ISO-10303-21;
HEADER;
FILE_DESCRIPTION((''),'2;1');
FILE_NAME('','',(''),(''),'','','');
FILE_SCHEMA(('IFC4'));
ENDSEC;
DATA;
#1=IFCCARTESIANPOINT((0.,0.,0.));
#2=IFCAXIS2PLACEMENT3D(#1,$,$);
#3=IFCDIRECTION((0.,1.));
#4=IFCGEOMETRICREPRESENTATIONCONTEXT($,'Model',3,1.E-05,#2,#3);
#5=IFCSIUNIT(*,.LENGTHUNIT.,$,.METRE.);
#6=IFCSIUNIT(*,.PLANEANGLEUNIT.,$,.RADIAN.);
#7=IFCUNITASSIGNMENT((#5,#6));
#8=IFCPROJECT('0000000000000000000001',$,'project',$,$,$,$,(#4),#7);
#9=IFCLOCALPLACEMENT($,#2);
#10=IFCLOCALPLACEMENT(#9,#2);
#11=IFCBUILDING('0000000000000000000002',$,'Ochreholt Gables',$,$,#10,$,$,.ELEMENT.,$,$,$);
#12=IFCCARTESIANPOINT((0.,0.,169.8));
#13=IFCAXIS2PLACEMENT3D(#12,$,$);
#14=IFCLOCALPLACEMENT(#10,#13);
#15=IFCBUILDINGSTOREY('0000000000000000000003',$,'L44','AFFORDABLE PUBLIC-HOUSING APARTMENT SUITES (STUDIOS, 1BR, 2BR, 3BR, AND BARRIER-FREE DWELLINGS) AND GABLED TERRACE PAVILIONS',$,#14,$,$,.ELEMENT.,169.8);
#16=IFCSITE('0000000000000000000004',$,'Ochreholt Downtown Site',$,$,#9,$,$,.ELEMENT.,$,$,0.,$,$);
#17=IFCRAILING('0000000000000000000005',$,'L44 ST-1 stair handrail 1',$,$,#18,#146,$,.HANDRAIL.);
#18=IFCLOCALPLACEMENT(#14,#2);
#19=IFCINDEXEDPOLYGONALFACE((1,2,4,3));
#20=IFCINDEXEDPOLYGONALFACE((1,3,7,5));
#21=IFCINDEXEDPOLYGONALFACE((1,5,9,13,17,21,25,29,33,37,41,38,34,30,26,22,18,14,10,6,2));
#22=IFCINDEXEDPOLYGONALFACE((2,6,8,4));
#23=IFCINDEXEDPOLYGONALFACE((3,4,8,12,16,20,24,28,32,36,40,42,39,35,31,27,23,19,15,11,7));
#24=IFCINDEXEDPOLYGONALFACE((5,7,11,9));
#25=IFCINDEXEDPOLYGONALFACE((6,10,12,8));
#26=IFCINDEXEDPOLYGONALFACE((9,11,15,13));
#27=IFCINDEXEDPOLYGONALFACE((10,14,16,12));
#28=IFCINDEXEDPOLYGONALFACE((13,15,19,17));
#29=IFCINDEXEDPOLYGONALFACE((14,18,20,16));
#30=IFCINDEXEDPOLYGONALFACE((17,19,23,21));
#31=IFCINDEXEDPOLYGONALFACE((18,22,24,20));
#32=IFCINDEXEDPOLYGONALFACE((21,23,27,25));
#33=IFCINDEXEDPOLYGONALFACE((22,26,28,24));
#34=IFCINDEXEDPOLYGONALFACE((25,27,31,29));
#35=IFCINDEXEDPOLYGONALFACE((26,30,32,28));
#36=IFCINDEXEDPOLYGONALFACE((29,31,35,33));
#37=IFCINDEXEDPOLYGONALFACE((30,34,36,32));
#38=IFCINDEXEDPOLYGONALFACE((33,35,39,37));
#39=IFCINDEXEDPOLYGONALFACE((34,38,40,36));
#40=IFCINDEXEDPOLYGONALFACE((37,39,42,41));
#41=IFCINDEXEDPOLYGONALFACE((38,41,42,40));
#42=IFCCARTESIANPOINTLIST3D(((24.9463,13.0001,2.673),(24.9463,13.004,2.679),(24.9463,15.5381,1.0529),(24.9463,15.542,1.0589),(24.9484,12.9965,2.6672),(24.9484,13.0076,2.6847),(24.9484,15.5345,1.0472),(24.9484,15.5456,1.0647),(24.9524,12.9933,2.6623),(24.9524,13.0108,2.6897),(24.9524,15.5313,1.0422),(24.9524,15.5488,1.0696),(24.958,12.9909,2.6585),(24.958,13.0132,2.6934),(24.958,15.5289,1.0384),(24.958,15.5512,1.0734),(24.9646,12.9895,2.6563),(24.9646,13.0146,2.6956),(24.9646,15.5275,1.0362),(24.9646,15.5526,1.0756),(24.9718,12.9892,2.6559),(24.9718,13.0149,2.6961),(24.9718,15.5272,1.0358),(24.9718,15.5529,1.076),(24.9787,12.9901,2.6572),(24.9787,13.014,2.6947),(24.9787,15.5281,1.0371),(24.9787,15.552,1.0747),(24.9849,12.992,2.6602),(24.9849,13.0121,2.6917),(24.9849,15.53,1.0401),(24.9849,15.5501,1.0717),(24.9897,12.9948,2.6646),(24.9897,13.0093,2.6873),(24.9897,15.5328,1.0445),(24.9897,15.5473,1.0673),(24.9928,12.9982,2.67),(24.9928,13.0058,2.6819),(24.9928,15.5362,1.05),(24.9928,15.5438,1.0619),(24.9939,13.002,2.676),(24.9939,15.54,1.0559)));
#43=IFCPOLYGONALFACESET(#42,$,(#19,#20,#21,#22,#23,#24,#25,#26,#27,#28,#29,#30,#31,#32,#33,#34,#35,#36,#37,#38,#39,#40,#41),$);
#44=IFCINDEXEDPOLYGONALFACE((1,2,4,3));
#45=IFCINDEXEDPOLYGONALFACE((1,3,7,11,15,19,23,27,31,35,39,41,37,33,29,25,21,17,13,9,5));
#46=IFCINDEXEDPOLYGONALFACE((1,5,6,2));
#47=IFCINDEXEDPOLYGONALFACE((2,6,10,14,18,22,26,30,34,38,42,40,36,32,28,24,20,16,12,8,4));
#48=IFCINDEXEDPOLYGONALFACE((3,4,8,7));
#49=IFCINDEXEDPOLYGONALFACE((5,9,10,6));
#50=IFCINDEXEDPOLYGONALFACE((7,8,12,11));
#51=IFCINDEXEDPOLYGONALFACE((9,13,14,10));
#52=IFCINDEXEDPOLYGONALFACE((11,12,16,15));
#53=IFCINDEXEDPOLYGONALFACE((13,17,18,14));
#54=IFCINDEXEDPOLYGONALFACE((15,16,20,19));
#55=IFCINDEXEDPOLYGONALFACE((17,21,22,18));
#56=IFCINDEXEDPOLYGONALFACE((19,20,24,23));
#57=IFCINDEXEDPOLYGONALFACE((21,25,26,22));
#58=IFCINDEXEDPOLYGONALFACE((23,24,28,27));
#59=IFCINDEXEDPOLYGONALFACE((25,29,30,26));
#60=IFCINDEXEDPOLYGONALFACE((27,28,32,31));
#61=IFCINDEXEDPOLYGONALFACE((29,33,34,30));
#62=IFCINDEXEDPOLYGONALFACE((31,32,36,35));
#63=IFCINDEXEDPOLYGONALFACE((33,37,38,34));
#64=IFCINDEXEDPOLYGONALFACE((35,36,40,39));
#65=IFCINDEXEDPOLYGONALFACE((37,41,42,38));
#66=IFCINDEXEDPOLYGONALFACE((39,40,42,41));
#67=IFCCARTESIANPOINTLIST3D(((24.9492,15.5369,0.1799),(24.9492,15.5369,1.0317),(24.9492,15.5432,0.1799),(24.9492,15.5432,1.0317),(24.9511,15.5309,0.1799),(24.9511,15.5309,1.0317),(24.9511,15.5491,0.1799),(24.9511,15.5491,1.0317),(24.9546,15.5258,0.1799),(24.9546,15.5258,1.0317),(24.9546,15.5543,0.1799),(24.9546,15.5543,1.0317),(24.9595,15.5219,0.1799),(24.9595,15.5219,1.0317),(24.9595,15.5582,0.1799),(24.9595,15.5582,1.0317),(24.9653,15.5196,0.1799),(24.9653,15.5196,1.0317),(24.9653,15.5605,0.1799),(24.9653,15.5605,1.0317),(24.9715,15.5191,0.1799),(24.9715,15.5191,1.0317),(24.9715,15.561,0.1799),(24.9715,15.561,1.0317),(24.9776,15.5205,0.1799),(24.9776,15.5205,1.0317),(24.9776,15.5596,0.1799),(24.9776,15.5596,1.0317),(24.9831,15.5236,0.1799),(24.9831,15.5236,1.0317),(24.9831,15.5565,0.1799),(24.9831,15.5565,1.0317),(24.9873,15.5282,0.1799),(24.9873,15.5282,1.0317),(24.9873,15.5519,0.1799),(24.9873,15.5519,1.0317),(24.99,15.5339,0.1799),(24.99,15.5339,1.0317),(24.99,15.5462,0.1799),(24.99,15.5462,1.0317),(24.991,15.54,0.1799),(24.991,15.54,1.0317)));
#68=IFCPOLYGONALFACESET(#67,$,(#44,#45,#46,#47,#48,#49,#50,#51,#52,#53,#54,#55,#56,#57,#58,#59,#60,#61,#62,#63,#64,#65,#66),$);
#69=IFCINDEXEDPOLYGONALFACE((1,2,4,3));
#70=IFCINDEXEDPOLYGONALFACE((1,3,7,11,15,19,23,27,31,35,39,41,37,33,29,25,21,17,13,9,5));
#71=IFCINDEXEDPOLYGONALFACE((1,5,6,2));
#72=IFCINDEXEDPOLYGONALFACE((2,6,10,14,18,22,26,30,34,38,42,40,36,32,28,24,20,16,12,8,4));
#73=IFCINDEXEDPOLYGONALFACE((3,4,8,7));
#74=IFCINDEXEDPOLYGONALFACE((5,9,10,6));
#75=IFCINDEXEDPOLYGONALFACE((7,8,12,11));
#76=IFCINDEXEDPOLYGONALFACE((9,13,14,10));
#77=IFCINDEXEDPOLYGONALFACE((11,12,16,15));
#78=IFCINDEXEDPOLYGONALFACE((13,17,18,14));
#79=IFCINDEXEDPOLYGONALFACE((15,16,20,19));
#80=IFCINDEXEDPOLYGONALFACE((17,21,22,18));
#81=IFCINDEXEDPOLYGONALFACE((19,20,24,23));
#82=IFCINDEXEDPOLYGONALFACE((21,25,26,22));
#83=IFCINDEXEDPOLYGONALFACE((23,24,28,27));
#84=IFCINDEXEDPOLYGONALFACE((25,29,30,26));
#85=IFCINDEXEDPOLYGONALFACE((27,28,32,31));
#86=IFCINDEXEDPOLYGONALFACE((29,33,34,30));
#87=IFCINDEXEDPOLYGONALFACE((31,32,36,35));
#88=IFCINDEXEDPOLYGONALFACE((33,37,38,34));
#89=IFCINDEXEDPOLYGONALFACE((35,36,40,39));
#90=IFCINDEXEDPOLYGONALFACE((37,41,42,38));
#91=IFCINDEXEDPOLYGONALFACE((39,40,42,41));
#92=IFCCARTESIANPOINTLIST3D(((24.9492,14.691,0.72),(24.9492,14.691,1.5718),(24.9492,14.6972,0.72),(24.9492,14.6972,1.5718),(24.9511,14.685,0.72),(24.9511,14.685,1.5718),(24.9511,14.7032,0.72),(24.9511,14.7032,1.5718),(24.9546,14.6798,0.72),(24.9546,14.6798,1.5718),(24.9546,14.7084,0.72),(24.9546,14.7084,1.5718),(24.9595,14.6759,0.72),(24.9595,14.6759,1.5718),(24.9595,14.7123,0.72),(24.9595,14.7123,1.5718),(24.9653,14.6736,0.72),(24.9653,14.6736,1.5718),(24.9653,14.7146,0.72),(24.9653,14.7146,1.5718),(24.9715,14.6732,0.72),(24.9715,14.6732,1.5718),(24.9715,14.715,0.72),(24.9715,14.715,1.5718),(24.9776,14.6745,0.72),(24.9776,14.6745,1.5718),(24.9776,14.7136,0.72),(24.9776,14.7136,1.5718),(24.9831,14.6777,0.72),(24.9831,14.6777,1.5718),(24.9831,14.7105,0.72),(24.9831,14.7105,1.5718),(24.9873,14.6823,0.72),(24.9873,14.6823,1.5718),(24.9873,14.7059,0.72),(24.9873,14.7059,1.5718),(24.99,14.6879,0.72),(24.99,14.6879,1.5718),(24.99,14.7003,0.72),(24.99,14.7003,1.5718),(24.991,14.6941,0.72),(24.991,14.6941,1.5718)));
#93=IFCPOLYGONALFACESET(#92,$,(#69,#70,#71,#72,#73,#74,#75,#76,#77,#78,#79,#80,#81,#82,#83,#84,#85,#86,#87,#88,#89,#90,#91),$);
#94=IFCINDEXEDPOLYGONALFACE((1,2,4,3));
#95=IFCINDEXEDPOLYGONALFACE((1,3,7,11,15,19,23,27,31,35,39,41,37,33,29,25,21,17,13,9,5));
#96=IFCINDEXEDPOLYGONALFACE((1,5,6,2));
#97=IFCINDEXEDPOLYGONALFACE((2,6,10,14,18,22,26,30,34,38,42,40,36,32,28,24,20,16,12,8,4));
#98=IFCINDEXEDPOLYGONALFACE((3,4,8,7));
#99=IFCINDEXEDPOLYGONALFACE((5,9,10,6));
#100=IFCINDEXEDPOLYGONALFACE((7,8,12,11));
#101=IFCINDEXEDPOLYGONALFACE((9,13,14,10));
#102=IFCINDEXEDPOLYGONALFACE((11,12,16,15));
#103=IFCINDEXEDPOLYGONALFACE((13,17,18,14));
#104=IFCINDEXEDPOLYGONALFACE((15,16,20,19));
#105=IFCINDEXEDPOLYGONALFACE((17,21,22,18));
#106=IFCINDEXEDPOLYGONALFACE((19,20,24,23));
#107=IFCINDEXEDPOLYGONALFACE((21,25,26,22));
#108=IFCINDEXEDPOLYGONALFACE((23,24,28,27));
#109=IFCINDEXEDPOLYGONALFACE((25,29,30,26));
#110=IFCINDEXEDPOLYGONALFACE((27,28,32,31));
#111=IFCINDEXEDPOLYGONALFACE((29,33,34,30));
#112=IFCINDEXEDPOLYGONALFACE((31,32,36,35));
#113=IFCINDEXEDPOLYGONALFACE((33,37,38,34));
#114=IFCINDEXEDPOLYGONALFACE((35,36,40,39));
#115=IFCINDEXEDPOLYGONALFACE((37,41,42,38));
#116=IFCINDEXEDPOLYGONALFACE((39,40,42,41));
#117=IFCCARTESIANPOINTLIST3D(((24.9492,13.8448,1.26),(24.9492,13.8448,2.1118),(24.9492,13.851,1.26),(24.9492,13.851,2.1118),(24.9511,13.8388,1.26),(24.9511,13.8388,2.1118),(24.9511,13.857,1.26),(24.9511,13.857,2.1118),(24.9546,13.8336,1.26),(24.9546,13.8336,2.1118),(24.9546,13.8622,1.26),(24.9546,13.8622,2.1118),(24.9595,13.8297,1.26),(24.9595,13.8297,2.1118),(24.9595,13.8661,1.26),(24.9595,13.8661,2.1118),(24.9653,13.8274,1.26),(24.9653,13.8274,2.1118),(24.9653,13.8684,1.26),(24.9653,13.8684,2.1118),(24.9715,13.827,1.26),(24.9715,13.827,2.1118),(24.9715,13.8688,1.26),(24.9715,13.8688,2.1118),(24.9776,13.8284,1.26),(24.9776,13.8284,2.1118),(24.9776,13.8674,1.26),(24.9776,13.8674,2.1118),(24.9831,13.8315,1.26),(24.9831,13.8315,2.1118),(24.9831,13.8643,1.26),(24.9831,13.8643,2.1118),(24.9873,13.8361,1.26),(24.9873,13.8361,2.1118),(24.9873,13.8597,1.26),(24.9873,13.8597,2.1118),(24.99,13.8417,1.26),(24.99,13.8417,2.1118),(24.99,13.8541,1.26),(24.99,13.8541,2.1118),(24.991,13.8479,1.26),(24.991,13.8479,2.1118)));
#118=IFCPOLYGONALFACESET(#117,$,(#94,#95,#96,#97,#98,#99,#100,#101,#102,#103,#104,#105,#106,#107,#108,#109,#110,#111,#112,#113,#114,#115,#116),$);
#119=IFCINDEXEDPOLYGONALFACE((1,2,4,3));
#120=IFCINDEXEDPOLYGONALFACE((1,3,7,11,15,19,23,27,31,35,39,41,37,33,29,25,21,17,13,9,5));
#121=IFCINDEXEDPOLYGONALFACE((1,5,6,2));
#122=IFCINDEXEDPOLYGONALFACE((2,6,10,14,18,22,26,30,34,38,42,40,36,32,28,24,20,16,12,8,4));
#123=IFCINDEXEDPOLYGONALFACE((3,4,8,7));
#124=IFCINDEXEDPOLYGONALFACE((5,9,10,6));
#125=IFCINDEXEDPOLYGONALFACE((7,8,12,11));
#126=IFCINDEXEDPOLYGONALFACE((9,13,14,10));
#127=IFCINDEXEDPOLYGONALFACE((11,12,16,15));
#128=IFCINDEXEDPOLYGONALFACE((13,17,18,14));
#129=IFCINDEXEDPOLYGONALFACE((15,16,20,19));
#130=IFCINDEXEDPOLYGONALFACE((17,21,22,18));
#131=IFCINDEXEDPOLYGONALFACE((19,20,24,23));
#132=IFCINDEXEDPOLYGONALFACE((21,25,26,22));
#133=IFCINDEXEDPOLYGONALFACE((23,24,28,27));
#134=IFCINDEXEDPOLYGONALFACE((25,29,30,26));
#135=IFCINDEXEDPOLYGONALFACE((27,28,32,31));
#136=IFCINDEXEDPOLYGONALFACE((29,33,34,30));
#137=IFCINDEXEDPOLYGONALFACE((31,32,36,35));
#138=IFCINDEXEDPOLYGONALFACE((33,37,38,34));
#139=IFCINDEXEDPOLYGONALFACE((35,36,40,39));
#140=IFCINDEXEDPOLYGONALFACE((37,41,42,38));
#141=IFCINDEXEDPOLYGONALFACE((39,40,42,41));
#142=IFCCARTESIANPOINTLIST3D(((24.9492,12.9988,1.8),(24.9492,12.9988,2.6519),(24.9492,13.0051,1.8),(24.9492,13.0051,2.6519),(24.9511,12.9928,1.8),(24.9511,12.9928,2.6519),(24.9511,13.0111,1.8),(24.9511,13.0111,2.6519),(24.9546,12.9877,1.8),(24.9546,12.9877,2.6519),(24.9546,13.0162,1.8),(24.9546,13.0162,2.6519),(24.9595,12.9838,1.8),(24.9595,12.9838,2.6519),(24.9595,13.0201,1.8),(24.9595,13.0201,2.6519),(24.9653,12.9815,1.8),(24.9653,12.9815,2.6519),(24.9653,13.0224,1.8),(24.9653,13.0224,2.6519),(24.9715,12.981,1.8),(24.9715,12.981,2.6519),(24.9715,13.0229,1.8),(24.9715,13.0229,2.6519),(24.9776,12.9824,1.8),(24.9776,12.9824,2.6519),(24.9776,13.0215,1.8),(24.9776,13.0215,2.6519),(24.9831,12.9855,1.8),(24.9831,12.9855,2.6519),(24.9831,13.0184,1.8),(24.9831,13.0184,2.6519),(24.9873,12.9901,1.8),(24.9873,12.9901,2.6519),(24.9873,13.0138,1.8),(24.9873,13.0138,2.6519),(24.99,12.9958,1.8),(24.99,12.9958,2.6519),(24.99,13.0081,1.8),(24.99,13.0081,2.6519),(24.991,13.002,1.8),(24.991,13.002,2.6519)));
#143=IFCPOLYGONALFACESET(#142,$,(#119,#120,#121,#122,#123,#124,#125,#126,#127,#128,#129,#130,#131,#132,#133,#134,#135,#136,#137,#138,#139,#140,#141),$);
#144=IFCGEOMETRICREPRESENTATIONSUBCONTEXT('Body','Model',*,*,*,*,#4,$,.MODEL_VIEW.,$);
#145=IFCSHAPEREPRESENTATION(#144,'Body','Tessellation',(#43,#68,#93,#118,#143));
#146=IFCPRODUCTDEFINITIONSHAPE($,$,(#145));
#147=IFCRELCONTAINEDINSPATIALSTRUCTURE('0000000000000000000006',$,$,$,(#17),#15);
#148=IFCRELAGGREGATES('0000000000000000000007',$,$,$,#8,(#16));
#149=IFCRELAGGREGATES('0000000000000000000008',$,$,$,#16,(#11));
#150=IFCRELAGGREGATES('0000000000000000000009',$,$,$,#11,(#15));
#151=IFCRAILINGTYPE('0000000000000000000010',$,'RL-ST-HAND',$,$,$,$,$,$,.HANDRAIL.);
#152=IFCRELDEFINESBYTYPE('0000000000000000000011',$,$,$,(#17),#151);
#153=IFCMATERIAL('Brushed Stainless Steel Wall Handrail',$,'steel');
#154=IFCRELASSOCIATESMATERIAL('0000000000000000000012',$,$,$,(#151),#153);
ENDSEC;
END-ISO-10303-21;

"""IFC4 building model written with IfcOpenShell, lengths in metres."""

from ifc_helpers import new_model, si_unit, direction, frame, origin, origin_2d, place, context, subcontext, project, spatial, circle, extrude, material, type_object, element, save


model = new_model("IFC4")

# Units and contexts
model_context = context("Model", 3, precision=1e-05, world=origin(), true_north=direction((0.0, 1.0)))
body_context = subcontext(model_context, "Body", "Model", "MODEL_VIEW")
ifc_project = project(units=[si_unit("LENGTHUNIT", "METRE"), si_unit("PLANEANGLEUNIT", "RADIAN")], contexts=[model_context])

# Site, building, storey
site_placement = place(None, origin())
site = spatial("IfcSite", under=ifc_project, at=site_placement, Name="Ochreholt Downtown Site", CompositionType="ELEMENT", RefElevation=0.0)
building_placement = place(site_placement, origin())
building = spatial("IfcBuilding", under=site, at=building_placement, Name="Ochreholt Gables", CompositionType="ELEMENT")
storey_placement = place(building_placement, frame((0.0, 0.0, 169.8)))
storey = spatial("IfcBuildingStorey", under=building, at=storey_placement, Name="L44", Description="AFFORDABLE PUBLIC-HOUSING APARTMENT SUITES (STUDIOS, 1BR, 2BR, 3BR, AND BARRIER-FREE DWELLINGS) AND GABLED TERRACE PAVILIONS", CompositionType="ELEMENT", Elevation=169.8)

# Railing
ifc_material_1 = material(Name="Brushed Stainless Steel Wall Handrail", Category="steel")
railing_type_1 = type_object("IfcRailingType", Name="RL-ST-HAND", PredefinedType="HANDRAIL", material=ifc_material_1)
railing_1_placement = place(storey_placement, frame((24.97, 15.54, 0.1799)))
element("IfcRailing", 1, at=railing_1_placement, inside=storey, type_object=railing_type_1, Name="L44 ST-1 stair handrail 1", PredefinedType="HANDRAIL", context=body_context, shape_type="SweptSolid", body=[
    extrude(circle(Radius=0.0239, at=origin_2d()), frame((0.0, 0.0, 0.876), z_axis=(0.0, -0.842913, 0.53805), x_axis=(1.0, 0.0, 0.0)), (0.0, 0.0, 1.0), 3.011),
    extrude(circle(Radius=0.021, at=origin_2d()), origin(), (0.0, 0.0, 1.0), 0.8518),
    extrude(circle(Radius=0.021, at=origin_2d()), frame((0.0, -0.8459, 0.54)), (0.0, 0.0, 1.0), 0.8518),
    extrude(circle(Radius=0.021, at=origin_2d()), frame((0.0, -1.6921, 1.0801)), (0.0, 0.0, 1.0), 0.8518),
    extrude(circle(Radius=0.021, at=origin_2d()), frame((0.0, -2.5381, 1.6201)), (0.0, 0.0, 1.0), 0.8518),
])

save(model, "model.ifc")
